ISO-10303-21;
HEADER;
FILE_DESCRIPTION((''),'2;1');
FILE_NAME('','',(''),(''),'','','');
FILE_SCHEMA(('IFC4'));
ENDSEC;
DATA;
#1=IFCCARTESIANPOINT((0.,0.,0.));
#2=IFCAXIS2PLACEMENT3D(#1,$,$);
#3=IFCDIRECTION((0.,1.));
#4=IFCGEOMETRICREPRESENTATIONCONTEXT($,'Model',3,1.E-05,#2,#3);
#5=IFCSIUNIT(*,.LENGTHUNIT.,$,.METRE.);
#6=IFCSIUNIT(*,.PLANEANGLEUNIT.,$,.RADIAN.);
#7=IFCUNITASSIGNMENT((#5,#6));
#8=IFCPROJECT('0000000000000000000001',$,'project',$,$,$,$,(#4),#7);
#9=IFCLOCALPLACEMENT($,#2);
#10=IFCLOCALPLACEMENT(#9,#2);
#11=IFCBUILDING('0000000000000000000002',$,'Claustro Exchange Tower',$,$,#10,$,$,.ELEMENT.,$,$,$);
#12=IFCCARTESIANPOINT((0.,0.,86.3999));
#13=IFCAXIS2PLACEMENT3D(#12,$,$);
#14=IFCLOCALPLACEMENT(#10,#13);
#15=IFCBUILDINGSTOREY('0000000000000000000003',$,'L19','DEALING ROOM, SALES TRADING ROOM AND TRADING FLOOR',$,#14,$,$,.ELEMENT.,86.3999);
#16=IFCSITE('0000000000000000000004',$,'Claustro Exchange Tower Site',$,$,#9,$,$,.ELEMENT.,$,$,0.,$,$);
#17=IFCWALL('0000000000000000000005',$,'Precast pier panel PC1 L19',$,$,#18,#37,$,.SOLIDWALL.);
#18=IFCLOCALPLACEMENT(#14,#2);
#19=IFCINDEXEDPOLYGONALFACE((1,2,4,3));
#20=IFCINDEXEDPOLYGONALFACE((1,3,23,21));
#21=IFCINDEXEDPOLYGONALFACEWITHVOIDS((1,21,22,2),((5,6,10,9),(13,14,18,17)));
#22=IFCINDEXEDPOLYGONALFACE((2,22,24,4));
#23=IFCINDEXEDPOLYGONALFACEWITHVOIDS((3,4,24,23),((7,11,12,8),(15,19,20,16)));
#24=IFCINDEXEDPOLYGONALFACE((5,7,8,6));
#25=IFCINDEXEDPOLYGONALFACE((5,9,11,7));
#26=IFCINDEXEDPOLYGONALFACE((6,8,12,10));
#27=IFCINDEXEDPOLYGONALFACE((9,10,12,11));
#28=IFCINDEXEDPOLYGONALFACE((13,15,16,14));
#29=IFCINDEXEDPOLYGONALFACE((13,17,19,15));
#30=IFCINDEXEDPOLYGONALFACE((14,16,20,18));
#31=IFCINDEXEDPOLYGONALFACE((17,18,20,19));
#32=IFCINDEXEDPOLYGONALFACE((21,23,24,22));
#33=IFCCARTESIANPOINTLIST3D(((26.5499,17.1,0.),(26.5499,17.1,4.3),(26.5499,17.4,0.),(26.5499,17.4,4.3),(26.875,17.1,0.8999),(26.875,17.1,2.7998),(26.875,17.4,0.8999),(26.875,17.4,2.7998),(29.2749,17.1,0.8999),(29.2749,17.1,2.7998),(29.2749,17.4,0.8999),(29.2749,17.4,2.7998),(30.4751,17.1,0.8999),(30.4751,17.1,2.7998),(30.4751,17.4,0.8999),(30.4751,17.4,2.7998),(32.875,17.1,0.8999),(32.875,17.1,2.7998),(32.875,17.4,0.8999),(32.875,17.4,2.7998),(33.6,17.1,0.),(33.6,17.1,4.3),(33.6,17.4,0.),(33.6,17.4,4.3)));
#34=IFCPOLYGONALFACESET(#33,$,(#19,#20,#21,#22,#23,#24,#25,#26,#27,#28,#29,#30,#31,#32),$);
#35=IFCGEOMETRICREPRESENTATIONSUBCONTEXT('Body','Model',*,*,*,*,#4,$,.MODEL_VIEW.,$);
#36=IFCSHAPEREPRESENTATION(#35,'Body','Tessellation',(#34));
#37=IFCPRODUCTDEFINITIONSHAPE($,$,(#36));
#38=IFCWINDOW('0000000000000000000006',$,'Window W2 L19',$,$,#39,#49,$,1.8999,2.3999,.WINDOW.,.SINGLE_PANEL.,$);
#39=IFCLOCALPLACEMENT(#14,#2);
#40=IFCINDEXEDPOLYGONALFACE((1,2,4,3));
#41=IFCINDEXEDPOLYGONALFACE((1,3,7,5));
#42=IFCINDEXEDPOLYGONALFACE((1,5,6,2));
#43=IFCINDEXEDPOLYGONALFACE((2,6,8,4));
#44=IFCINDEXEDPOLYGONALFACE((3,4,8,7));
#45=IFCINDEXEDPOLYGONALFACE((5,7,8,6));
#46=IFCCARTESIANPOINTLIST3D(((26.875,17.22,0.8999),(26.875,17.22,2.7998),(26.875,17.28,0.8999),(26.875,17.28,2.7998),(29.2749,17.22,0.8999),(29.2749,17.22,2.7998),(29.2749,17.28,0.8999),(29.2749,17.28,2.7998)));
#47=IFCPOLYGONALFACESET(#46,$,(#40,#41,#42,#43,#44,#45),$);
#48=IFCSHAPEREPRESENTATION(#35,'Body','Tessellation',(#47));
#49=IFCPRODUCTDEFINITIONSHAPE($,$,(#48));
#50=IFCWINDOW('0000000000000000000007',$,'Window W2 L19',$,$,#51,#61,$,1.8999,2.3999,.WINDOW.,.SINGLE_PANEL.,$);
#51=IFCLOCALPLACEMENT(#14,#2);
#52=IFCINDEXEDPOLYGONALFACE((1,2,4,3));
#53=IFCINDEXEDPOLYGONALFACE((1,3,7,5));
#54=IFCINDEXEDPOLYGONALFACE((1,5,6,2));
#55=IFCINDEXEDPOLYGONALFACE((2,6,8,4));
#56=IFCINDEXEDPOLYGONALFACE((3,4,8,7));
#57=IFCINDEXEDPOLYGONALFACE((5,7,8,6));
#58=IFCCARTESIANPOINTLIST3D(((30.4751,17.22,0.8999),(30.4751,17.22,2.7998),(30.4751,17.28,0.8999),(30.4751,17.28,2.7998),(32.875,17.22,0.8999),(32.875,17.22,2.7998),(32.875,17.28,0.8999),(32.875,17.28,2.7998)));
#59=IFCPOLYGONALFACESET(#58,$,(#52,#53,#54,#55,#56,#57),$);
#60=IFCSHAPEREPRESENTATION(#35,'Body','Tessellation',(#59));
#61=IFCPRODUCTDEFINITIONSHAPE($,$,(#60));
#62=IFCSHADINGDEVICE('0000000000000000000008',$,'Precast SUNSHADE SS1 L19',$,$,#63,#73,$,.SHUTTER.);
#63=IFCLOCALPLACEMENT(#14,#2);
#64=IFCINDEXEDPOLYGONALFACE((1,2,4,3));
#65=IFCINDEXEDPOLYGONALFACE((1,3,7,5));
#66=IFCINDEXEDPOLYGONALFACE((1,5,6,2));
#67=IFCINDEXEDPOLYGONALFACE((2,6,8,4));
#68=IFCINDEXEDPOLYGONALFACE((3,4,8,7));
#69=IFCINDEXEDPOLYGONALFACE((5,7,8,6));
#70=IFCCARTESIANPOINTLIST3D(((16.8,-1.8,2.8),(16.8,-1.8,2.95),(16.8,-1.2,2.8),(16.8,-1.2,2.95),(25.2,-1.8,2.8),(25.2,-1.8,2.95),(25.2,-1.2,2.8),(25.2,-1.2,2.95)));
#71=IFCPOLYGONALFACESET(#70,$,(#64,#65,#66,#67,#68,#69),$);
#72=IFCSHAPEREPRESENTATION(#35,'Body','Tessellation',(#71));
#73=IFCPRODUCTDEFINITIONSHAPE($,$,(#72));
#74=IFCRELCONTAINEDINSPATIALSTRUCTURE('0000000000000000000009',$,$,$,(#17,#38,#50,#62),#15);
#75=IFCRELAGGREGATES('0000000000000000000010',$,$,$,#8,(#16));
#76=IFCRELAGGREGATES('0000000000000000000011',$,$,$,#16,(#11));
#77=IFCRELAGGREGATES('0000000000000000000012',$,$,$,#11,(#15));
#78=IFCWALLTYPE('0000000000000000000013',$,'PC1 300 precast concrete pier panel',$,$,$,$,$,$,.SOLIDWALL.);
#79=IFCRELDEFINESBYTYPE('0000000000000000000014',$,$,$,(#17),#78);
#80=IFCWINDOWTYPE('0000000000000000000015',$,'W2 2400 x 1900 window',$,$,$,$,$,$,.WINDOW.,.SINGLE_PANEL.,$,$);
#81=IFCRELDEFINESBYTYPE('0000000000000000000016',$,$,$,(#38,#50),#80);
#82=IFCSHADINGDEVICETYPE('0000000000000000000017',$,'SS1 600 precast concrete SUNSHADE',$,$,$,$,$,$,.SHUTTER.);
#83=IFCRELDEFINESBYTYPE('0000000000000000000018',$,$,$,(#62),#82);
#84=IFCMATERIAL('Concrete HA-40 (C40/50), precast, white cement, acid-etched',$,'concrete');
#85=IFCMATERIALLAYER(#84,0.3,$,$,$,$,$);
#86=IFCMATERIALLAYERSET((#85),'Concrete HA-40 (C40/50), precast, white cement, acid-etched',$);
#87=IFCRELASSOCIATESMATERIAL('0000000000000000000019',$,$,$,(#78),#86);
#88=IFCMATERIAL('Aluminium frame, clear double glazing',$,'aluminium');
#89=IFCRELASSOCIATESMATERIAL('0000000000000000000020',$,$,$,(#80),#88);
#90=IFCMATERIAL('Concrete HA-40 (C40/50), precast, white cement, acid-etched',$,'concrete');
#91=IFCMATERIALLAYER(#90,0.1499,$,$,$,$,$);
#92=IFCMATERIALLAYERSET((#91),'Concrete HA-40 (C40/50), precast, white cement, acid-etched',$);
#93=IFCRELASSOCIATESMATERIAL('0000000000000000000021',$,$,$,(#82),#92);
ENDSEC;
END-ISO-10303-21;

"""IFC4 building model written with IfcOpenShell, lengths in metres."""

from ifc_helpers import new_model, si_unit, direction, frame, frame_2d, origin, origin_2d, place, context, subcontext, project, spatial, rectangle, extrude, material, layer, layer_set, type_object, element, fill, save


model = new_model("IFC4")

# Units and contexts
model_context = context("Model", 3, precision=1e-05, world=origin(), true_north=direction((0.0, 1.0)))
body_context = subcontext(model_context, "Body", "Model", "MODEL_VIEW")
ifc_project = project(units=[si_unit("LENGTHUNIT", "METRE"), si_unit("PLANEANGLEUNIT", "RADIAN")], contexts=[model_context])

# Site, building, storey
site_placement = place(None, origin())
site = spatial("IfcSite", under=ifc_project, at=site_placement, Name="Claustro Exchange Tower Site", CompositionType="ELEMENT", RefElevation=0.0)
building_placement = place(site_placement, origin())
building = spatial("IfcBuilding", under=site, at=building_placement, Name="Claustro Exchange Tower", CompositionType="ELEMENT")
storey_placement = place(building_placement, frame((0.0, 0.0, 86.3999)))
storey = spatial("IfcBuildingStorey", under=building, at=storey_placement, Name="L19", Description="DEALING ROOM, SALES TRADING ROOM AND TRADING FLOOR", CompositionType="ELEMENT", Elevation=86.3999)

# Wall, openings, windows
ifc_material_1 = material(Name="Concrete HA-40 (C40/50), precast, white cement, acid-etched", Category="concrete")
ifc_layer_1 = layer(ifc_material_1, 0.3)
ifc_layer_set_1 = layer_set([ifc_layer_1], Name="Concrete HA-40 (C40/50), precast, white cement, acid-etched")
wall_type_1 = type_object("IfcWallType", Name="PC1 300 precast concrete pier panel", PredefinedType="SOLIDWALL", material=ifc_layer_set_1)
wall_1_placement = place(storey_placement, frame((26.55, 17.25, 0.0), z_axis=(0.0, 0.0, 1.0), x_axis=(1.0, 0.0, 0.0)))
wall_1 = element("IfcWall", 1, at=wall_1_placement, inside=storey, type_object=wall_type_1, Name="Precast pier panel PC1 L19", PredefinedType="SOLIDWALL", context=body_context, shape_type="SweptSolid", body=[
    extrude(rectangle(XDim=7.05, YDim=0.3, at=frame_2d((3.5249, 0.0))), origin(), (0.0, 0.0, 1.0), 4.3),
])
opening_1_placement = place(wall_1_placement, frame((0.325, 0.0, 0.8999)))
opening_1 = element("IfcOpeningElement", 2, at=opening_1_placement, cuts=wall_1, PredefinedType="OPENING", context=body_context, shape_type="SweptSolid", body=[
    extrude(rectangle(XDim=2.3999, YDim=1.8999, at=frame_2d((1.2, 0.95))), frame((0.0, 0.1599, 0.0), z_axis=(0.0, -1.0, 0.0), x_axis=(1.0, 0.0, 0.0)), (0.0, 0.0, 1.0), 0.3201),
])
opening_2_placement = place(wall_1_placement, frame((3.925, 0.0, 0.8999)))
opening_2 = element("IfcOpeningElement", 3, at=opening_2_placement, cuts=wall_1, PredefinedType="OPENING", context=body_context, shape_type="SweptSolid", body=[
    extrude(rectangle(XDim=2.3999, YDim=1.8999, at=frame_2d((1.2, 0.95))), frame((0.0, 0.1599, 0.0), z_axis=(0.0, -1.0, 0.0), x_axis=(1.0, 0.0, 0.0)), (0.0, 0.0, 1.0), 0.3201),
])
ifc_material_2 = material(Name="Aluminium frame, clear double glazing", Category="aluminium")
window_type_1 = type_object("IfcWindowType", Name="W2 2400 x 1900 window", PartitioningType="SINGLE_PANEL", PredefinedType="WINDOW", material=ifc_material_2)
window_1_placement = place(opening_1_placement, origin())
window_1 = element("IfcWindow", 4, at=window_1_placement, inside=storey, type_object=window_type_1, Name="Window W2 L19", OverallHeight=1.8999, OverallWidth=2.3999, PartitioningType="SINGLE_PANEL", PredefinedType="WINDOW", context=body_context, shape_type="SweptSolid", body=[
    extrude(rectangle(XDim=2.3999, YDim=1.8999, at=frame_2d((1.2, 0.95))), frame((0.0, 0.03, 0.0), z_axis=(0.0, -1.0, 0.0), x_axis=(1.0, 0.0, 0.0)), (0.0, 0.0, 1.0), 0.0601),
])
fill(opening_1, window_1)
window_2_placement = place(opening_2_placement, origin())
window_2 = element("IfcWindow", 5, at=window_2_placement, inside=storey, type_object=window_type_1, Name="Window W2 L19", OverallHeight=1.8999, OverallWidth=2.3999, PartitioningType="SINGLE_PANEL", PredefinedType="WINDOW", context=body_context, shape_type="SweptSolid", body=[
    extrude(rectangle(XDim=2.3999, YDim=1.8999, at=frame_2d((1.2, 0.95))), frame((0.0, 0.03, 0.0), z_axis=(0.0, -1.0, 0.0), x_axis=(1.0, 0.0, 0.0)), (0.0, 0.0, 1.0), 0.0601),
])
fill(opening_2, window_2)

# Shading device
ifc_material_3 = material(Name="Concrete HA-40 (C40/50), precast, white cement, acid-etched", Category="concrete")
ifc_layer_2 = layer(ifc_material_3, 0.1499)
ifc_layer_set_2 = layer_set([ifc_layer_2], Name="Concrete HA-40 (C40/50), precast, white cement, acid-etched")
shading_device_type = type_object("IfcShadingDeviceType", Name="SS1 600 precast concrete SUNSHADE", PredefinedType="SHUTTER", material=ifc_layer_set_2)
shading_device_placement = place(storey_placement, frame((21.0, -1.5, 2.8), z_axis=(0.0, 0.0, 1.0), x_axis=(-1.0, 0.0, 0.0)))
element("IfcShadingDevice", 6, at=shading_device_placement, inside=storey, type_object=shading_device_type, Name="Precast SUNSHADE SS1 L19", PredefinedType="SHUTTER", context=body_context, shape_type="SweptSolid", body=[
    extrude(rectangle(XDim=8.3999, YDim=0.6001, at=origin_2d()), origin(), (0.0, 0.0, 1.0), 0.1499),
])

save(model, "model.ifc")
